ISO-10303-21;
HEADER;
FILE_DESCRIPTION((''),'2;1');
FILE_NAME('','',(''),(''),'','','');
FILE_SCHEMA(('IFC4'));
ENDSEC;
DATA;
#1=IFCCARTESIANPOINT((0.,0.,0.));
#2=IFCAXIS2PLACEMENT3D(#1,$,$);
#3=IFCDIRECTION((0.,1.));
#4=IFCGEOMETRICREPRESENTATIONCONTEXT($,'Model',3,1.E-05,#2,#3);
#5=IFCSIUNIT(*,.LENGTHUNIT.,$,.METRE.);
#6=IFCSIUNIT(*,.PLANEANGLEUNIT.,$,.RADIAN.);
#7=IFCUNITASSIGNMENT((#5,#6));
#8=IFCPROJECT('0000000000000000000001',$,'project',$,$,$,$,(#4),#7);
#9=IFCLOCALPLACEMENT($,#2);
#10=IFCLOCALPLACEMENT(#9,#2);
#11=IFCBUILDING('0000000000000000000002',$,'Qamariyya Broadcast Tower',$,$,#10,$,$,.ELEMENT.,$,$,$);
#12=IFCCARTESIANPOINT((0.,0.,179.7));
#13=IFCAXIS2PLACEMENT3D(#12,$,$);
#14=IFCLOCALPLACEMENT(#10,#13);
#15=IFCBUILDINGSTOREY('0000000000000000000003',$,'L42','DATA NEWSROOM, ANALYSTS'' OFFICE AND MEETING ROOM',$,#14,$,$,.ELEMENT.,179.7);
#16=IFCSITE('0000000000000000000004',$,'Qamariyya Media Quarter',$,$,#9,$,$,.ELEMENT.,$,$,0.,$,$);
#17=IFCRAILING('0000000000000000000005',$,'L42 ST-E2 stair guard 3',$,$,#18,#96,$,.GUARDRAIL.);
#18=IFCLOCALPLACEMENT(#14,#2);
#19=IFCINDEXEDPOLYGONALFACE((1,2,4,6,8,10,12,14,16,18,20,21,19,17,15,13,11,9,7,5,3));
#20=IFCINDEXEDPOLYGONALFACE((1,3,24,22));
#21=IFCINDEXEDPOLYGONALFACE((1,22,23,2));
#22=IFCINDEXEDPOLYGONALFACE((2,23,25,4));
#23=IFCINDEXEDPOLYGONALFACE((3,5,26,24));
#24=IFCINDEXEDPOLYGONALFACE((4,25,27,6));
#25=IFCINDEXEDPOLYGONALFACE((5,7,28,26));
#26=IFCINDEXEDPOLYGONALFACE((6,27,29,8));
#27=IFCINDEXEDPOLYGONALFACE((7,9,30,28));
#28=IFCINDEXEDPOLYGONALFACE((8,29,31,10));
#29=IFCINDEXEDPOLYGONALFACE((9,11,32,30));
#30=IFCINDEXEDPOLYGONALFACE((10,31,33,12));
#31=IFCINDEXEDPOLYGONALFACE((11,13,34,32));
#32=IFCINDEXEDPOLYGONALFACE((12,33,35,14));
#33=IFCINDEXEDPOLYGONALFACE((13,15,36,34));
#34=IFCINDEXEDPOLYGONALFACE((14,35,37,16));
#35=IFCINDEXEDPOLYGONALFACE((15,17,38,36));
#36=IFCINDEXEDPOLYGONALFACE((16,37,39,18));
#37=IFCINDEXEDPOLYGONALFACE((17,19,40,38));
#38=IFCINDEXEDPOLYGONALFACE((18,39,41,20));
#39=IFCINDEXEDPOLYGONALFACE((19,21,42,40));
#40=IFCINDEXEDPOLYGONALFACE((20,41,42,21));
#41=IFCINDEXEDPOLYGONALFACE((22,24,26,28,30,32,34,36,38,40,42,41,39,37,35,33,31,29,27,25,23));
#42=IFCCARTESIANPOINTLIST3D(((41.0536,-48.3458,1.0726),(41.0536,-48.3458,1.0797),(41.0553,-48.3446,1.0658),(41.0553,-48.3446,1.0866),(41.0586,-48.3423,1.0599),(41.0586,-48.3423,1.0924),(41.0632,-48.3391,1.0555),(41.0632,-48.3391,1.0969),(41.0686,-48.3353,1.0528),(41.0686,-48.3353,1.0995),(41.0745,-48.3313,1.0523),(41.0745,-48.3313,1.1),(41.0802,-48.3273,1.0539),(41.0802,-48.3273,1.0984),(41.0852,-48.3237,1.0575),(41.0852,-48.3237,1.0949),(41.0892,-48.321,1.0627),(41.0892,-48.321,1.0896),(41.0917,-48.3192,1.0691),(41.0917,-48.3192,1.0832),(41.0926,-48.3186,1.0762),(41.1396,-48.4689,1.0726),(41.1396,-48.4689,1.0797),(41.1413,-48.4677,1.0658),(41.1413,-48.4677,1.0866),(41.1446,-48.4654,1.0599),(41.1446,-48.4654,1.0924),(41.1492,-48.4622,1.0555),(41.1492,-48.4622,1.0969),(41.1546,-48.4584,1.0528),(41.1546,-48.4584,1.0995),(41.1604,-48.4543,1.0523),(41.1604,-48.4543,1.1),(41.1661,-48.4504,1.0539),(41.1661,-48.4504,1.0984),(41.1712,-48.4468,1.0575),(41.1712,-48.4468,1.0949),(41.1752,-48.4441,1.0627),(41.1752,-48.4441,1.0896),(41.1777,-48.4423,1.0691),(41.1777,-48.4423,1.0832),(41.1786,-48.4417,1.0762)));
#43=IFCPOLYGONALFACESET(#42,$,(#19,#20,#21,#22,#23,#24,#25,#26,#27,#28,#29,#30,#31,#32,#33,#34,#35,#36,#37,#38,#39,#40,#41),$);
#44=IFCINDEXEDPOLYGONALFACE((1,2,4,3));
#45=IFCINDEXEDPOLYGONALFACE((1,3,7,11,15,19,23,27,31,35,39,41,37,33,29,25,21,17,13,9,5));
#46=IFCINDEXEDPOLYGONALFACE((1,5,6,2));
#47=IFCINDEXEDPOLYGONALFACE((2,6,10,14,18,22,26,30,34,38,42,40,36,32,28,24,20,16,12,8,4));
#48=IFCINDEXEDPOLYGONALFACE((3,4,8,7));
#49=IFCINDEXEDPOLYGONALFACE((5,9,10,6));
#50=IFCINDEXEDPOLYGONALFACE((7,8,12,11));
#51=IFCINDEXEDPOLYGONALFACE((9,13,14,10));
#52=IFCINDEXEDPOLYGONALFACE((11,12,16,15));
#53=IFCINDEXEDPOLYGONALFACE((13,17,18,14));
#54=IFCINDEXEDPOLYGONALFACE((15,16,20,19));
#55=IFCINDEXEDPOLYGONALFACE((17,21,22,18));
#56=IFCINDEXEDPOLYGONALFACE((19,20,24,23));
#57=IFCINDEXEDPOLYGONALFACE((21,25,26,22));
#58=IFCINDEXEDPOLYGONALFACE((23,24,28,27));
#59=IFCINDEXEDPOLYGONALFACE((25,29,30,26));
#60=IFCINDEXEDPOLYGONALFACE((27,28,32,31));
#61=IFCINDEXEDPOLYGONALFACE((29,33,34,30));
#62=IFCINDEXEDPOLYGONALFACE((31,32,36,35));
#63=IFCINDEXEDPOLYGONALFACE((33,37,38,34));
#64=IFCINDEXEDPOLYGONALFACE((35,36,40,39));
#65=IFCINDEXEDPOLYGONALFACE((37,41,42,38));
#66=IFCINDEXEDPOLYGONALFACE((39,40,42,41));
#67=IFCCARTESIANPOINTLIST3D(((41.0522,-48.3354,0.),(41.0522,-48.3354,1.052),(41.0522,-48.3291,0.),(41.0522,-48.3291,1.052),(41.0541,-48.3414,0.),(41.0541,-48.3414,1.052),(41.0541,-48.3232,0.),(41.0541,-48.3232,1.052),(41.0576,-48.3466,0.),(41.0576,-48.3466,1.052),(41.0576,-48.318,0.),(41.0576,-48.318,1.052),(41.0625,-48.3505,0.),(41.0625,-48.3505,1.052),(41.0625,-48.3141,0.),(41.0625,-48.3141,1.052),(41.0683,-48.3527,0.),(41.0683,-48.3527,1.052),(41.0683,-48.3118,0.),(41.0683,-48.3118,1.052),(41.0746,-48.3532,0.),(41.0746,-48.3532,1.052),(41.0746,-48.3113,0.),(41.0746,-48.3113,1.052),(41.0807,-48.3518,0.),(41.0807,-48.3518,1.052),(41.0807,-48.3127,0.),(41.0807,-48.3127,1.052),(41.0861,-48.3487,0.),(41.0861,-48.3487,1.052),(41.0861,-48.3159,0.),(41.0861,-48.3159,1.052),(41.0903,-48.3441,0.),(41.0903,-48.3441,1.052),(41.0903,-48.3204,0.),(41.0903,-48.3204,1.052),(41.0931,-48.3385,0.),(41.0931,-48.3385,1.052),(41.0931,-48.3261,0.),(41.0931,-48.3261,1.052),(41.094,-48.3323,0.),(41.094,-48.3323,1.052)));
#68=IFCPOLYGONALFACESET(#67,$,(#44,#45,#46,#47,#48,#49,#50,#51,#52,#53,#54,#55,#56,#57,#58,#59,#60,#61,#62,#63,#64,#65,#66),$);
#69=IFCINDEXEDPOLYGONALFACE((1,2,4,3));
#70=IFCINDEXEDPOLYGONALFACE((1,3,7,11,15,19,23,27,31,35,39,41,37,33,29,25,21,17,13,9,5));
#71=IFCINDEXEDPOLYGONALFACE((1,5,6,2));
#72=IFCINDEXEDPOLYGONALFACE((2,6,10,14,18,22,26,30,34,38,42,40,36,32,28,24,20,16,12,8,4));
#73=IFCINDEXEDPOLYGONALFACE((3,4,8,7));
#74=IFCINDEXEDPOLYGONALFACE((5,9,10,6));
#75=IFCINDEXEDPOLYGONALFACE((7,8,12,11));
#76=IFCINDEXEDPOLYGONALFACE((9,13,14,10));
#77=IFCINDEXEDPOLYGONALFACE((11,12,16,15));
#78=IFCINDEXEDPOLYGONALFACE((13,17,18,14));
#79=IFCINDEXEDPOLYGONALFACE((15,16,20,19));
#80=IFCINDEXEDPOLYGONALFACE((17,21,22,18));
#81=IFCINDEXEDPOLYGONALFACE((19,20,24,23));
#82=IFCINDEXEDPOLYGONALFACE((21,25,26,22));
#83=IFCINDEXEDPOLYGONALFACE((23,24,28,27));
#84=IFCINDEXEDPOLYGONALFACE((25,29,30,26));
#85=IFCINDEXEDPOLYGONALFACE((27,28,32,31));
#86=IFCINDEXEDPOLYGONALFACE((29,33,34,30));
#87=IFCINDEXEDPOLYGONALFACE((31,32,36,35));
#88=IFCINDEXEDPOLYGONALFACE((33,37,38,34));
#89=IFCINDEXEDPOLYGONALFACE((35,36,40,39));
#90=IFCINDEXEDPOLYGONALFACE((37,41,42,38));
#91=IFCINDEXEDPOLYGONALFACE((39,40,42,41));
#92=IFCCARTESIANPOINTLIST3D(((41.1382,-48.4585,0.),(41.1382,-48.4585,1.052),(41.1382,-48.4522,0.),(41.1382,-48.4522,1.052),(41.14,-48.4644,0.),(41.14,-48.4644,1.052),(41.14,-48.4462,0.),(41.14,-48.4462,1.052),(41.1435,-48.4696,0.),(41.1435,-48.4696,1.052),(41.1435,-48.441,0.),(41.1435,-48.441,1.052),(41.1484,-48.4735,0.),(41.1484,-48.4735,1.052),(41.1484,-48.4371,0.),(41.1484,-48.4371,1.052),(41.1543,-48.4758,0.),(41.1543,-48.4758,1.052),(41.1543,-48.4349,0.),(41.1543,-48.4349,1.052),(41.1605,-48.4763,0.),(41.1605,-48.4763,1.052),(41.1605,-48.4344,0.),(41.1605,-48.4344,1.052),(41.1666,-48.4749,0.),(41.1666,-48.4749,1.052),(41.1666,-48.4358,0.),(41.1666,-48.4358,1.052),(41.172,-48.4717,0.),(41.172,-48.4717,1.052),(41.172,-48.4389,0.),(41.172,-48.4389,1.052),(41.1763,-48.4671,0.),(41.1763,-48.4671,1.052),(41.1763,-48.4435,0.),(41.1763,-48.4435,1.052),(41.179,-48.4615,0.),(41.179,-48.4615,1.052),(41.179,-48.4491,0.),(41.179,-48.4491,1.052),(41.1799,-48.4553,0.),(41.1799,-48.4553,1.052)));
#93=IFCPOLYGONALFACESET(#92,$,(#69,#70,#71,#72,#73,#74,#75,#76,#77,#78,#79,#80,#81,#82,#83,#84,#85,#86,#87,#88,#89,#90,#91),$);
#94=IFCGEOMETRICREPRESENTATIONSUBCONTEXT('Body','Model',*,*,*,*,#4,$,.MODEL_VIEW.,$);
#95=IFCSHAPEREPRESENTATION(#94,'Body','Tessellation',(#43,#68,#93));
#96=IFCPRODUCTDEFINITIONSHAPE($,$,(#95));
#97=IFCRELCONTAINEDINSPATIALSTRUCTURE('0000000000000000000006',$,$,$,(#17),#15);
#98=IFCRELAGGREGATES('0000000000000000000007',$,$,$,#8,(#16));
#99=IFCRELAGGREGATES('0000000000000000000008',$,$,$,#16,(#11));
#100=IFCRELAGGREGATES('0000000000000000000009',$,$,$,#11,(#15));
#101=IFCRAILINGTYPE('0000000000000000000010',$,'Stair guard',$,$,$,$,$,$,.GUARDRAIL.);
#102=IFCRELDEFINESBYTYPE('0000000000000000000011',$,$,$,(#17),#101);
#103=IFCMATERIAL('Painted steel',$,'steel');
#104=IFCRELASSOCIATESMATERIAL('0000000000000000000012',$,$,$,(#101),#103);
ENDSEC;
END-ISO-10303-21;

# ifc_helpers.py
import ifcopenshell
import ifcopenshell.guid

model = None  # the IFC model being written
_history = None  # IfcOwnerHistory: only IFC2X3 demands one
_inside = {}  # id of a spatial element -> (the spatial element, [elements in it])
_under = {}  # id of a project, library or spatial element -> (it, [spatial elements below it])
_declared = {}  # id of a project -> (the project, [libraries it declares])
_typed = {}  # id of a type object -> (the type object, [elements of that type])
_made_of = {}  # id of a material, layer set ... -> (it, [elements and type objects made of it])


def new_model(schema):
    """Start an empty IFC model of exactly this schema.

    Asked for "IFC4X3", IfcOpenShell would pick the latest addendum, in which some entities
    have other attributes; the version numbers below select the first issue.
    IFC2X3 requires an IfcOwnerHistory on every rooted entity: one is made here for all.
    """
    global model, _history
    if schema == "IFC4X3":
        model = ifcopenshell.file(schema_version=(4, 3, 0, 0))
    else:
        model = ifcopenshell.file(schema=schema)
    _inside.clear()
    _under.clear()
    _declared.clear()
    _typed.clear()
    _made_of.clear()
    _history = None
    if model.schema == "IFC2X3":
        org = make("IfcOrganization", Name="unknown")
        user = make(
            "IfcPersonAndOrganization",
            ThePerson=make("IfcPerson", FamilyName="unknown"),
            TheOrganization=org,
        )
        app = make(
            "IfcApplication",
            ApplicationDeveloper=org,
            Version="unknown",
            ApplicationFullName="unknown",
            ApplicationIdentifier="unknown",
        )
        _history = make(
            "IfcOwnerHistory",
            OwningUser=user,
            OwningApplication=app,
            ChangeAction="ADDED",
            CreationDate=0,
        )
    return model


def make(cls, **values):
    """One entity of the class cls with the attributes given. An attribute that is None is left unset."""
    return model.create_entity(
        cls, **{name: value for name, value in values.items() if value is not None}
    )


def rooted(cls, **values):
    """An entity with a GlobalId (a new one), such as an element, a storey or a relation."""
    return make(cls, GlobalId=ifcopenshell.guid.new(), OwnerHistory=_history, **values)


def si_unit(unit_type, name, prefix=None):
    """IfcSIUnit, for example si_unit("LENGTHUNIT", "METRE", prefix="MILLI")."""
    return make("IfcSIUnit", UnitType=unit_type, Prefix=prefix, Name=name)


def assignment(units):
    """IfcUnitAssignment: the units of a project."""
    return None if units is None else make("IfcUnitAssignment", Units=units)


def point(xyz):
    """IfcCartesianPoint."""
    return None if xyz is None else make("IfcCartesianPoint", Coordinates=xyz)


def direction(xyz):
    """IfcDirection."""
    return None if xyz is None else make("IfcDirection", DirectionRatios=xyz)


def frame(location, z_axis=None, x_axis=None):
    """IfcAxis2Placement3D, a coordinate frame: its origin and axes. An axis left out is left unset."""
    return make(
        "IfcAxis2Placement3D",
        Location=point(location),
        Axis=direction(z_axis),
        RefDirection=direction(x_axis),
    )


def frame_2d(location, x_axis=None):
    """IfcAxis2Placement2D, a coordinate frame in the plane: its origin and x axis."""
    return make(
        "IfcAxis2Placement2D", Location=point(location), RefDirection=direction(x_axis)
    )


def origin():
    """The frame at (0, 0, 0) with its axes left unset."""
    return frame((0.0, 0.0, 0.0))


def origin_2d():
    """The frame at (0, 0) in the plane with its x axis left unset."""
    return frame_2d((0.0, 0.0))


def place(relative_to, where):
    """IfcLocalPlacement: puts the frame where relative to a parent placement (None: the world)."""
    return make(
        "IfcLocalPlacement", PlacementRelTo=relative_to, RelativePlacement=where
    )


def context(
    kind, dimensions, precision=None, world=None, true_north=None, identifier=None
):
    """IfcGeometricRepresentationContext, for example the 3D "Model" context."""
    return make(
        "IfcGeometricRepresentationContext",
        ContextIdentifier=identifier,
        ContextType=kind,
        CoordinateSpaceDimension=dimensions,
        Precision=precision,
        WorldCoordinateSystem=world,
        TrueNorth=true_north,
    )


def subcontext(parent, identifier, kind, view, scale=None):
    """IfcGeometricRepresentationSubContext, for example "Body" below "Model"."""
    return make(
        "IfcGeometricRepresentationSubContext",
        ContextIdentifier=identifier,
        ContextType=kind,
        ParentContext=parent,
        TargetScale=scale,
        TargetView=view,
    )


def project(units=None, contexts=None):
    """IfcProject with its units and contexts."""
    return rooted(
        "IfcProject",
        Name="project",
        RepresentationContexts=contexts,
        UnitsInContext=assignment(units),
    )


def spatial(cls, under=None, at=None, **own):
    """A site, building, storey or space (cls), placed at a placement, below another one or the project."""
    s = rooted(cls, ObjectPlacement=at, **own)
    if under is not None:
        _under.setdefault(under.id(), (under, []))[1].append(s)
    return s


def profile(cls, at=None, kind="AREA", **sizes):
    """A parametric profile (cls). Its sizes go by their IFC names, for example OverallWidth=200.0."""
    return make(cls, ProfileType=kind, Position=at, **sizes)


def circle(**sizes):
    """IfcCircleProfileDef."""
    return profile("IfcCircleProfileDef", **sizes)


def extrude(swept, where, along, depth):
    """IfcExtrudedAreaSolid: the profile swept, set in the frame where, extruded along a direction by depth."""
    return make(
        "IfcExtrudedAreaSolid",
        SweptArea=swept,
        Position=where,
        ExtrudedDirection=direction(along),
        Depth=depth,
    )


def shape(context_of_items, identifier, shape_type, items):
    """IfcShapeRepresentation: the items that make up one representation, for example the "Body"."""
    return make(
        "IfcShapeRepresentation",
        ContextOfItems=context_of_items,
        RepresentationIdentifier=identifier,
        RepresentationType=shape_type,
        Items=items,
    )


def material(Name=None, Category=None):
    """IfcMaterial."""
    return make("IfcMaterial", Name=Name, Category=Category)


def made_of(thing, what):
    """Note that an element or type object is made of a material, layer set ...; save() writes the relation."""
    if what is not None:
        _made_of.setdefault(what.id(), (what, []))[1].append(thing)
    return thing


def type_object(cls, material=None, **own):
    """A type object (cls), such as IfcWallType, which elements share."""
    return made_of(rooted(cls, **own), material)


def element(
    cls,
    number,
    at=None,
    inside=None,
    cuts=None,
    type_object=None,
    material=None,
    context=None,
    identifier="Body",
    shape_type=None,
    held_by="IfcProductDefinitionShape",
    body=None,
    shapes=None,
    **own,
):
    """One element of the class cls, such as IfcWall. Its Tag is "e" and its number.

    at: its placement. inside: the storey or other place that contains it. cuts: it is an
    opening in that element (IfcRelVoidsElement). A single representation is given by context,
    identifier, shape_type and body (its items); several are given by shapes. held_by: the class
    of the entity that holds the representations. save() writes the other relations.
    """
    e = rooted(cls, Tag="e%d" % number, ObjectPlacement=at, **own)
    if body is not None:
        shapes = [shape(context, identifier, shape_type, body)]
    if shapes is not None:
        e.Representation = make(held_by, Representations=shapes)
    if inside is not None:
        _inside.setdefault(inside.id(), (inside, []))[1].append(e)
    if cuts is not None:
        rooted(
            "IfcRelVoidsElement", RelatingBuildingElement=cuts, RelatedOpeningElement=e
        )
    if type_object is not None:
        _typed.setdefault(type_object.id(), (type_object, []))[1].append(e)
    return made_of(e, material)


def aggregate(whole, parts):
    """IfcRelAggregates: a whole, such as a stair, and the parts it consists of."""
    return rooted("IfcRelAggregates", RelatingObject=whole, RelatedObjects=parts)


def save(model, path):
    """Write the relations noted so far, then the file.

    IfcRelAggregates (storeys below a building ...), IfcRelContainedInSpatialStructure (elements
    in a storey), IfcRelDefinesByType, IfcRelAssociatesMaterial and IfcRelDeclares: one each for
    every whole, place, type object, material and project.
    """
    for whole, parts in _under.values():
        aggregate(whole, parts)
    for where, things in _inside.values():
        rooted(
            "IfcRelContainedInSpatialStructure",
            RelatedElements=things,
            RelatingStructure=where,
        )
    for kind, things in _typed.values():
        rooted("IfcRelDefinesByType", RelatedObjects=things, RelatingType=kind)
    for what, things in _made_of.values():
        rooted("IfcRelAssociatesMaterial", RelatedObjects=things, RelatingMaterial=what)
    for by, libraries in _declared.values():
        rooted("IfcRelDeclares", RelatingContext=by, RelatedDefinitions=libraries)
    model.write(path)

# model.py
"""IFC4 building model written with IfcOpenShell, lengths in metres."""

from ifc_helpers import new_model, si_unit, direction, frame, origin, origin_2d, place, context, subcontext, project, spatial, circle, extrude, material, type_object, element, save


model = new_model("IFC4")

# Units and contexts
model_context = context("Model", 3, precision=1e-05, world=origin(), true_north=direction((0.0, 1.0)))
body_context = subcontext(model_context, "Body", "Model", "MODEL_VIEW")
ifc_project = project(units=[si_unit("LENGTHUNIT", "METRE"), si_unit("PLANEANGLEUNIT", "RADIAN")], contexts=[model_context])

# Site, building, storey
site_placement = place(None, origin())
site = spatial("IfcSite", under=ifc_project, at=site_placement, Name="Qamariyya Media Quarter", CompositionType="ELEMENT", RefElevation=0.0)
building_placement = place(site_placement, origin())
building = spatial("IfcBuilding", under=site, at=building_placement, Name="Qamariyya Broadcast Tower", CompositionType="ELEMENT")
storey_placement = place(building_placement, frame((0.0, 0.0, 179.7)))
storey = spatial("IfcBuildingStorey", under=building, at=storey_placement, Name="L42", Description="DATA NEWSROOM, ANALYSTS' OFFICE AND MEETING ROOM", CompositionType="ELEMENT", Elevation=179.7)

# Railing
ifc_material_1 = material(Name="Painted steel", Category="steel")
railing_type_1 = type_object("IfcRailingType", Name="Stair guard", PredefinedType="GUARDRAIL", material=ifc_material_1)
railing_1_placement = place(storey_placement, frame((41.073, -48.3323, 0.0)))
element("IfcRailing", 1, at=railing_1_placement, inside=storey, type_object=railing_type_1, Name="L42 ST-E2 stair guard 3", PredefinedType="GUARDRAIL", context=body_context, shape_type="SweptSolid", body=[
    extrude(circle(Radius=0.0239, at=origin_2d()), frame((0.0, 0.0, 1.0762), z_axis=(0.572589, -0.819843, 0.0), x_axis=(0.819843, 0.572589, 0.0)), (0.0, 0.0, 1.0), 0.1501),
    extrude(circle(Radius=0.021, at=origin_2d()), origin(), (0.0, 0.0, 1.0), 1.052),
    extrude(circle(Radius=0.021, at=origin_2d()), frame((0.0859, -0.123, 0.0)), (0.0, 0.0, 1.0), 1.052),
])

save(model, "model.ifc")
